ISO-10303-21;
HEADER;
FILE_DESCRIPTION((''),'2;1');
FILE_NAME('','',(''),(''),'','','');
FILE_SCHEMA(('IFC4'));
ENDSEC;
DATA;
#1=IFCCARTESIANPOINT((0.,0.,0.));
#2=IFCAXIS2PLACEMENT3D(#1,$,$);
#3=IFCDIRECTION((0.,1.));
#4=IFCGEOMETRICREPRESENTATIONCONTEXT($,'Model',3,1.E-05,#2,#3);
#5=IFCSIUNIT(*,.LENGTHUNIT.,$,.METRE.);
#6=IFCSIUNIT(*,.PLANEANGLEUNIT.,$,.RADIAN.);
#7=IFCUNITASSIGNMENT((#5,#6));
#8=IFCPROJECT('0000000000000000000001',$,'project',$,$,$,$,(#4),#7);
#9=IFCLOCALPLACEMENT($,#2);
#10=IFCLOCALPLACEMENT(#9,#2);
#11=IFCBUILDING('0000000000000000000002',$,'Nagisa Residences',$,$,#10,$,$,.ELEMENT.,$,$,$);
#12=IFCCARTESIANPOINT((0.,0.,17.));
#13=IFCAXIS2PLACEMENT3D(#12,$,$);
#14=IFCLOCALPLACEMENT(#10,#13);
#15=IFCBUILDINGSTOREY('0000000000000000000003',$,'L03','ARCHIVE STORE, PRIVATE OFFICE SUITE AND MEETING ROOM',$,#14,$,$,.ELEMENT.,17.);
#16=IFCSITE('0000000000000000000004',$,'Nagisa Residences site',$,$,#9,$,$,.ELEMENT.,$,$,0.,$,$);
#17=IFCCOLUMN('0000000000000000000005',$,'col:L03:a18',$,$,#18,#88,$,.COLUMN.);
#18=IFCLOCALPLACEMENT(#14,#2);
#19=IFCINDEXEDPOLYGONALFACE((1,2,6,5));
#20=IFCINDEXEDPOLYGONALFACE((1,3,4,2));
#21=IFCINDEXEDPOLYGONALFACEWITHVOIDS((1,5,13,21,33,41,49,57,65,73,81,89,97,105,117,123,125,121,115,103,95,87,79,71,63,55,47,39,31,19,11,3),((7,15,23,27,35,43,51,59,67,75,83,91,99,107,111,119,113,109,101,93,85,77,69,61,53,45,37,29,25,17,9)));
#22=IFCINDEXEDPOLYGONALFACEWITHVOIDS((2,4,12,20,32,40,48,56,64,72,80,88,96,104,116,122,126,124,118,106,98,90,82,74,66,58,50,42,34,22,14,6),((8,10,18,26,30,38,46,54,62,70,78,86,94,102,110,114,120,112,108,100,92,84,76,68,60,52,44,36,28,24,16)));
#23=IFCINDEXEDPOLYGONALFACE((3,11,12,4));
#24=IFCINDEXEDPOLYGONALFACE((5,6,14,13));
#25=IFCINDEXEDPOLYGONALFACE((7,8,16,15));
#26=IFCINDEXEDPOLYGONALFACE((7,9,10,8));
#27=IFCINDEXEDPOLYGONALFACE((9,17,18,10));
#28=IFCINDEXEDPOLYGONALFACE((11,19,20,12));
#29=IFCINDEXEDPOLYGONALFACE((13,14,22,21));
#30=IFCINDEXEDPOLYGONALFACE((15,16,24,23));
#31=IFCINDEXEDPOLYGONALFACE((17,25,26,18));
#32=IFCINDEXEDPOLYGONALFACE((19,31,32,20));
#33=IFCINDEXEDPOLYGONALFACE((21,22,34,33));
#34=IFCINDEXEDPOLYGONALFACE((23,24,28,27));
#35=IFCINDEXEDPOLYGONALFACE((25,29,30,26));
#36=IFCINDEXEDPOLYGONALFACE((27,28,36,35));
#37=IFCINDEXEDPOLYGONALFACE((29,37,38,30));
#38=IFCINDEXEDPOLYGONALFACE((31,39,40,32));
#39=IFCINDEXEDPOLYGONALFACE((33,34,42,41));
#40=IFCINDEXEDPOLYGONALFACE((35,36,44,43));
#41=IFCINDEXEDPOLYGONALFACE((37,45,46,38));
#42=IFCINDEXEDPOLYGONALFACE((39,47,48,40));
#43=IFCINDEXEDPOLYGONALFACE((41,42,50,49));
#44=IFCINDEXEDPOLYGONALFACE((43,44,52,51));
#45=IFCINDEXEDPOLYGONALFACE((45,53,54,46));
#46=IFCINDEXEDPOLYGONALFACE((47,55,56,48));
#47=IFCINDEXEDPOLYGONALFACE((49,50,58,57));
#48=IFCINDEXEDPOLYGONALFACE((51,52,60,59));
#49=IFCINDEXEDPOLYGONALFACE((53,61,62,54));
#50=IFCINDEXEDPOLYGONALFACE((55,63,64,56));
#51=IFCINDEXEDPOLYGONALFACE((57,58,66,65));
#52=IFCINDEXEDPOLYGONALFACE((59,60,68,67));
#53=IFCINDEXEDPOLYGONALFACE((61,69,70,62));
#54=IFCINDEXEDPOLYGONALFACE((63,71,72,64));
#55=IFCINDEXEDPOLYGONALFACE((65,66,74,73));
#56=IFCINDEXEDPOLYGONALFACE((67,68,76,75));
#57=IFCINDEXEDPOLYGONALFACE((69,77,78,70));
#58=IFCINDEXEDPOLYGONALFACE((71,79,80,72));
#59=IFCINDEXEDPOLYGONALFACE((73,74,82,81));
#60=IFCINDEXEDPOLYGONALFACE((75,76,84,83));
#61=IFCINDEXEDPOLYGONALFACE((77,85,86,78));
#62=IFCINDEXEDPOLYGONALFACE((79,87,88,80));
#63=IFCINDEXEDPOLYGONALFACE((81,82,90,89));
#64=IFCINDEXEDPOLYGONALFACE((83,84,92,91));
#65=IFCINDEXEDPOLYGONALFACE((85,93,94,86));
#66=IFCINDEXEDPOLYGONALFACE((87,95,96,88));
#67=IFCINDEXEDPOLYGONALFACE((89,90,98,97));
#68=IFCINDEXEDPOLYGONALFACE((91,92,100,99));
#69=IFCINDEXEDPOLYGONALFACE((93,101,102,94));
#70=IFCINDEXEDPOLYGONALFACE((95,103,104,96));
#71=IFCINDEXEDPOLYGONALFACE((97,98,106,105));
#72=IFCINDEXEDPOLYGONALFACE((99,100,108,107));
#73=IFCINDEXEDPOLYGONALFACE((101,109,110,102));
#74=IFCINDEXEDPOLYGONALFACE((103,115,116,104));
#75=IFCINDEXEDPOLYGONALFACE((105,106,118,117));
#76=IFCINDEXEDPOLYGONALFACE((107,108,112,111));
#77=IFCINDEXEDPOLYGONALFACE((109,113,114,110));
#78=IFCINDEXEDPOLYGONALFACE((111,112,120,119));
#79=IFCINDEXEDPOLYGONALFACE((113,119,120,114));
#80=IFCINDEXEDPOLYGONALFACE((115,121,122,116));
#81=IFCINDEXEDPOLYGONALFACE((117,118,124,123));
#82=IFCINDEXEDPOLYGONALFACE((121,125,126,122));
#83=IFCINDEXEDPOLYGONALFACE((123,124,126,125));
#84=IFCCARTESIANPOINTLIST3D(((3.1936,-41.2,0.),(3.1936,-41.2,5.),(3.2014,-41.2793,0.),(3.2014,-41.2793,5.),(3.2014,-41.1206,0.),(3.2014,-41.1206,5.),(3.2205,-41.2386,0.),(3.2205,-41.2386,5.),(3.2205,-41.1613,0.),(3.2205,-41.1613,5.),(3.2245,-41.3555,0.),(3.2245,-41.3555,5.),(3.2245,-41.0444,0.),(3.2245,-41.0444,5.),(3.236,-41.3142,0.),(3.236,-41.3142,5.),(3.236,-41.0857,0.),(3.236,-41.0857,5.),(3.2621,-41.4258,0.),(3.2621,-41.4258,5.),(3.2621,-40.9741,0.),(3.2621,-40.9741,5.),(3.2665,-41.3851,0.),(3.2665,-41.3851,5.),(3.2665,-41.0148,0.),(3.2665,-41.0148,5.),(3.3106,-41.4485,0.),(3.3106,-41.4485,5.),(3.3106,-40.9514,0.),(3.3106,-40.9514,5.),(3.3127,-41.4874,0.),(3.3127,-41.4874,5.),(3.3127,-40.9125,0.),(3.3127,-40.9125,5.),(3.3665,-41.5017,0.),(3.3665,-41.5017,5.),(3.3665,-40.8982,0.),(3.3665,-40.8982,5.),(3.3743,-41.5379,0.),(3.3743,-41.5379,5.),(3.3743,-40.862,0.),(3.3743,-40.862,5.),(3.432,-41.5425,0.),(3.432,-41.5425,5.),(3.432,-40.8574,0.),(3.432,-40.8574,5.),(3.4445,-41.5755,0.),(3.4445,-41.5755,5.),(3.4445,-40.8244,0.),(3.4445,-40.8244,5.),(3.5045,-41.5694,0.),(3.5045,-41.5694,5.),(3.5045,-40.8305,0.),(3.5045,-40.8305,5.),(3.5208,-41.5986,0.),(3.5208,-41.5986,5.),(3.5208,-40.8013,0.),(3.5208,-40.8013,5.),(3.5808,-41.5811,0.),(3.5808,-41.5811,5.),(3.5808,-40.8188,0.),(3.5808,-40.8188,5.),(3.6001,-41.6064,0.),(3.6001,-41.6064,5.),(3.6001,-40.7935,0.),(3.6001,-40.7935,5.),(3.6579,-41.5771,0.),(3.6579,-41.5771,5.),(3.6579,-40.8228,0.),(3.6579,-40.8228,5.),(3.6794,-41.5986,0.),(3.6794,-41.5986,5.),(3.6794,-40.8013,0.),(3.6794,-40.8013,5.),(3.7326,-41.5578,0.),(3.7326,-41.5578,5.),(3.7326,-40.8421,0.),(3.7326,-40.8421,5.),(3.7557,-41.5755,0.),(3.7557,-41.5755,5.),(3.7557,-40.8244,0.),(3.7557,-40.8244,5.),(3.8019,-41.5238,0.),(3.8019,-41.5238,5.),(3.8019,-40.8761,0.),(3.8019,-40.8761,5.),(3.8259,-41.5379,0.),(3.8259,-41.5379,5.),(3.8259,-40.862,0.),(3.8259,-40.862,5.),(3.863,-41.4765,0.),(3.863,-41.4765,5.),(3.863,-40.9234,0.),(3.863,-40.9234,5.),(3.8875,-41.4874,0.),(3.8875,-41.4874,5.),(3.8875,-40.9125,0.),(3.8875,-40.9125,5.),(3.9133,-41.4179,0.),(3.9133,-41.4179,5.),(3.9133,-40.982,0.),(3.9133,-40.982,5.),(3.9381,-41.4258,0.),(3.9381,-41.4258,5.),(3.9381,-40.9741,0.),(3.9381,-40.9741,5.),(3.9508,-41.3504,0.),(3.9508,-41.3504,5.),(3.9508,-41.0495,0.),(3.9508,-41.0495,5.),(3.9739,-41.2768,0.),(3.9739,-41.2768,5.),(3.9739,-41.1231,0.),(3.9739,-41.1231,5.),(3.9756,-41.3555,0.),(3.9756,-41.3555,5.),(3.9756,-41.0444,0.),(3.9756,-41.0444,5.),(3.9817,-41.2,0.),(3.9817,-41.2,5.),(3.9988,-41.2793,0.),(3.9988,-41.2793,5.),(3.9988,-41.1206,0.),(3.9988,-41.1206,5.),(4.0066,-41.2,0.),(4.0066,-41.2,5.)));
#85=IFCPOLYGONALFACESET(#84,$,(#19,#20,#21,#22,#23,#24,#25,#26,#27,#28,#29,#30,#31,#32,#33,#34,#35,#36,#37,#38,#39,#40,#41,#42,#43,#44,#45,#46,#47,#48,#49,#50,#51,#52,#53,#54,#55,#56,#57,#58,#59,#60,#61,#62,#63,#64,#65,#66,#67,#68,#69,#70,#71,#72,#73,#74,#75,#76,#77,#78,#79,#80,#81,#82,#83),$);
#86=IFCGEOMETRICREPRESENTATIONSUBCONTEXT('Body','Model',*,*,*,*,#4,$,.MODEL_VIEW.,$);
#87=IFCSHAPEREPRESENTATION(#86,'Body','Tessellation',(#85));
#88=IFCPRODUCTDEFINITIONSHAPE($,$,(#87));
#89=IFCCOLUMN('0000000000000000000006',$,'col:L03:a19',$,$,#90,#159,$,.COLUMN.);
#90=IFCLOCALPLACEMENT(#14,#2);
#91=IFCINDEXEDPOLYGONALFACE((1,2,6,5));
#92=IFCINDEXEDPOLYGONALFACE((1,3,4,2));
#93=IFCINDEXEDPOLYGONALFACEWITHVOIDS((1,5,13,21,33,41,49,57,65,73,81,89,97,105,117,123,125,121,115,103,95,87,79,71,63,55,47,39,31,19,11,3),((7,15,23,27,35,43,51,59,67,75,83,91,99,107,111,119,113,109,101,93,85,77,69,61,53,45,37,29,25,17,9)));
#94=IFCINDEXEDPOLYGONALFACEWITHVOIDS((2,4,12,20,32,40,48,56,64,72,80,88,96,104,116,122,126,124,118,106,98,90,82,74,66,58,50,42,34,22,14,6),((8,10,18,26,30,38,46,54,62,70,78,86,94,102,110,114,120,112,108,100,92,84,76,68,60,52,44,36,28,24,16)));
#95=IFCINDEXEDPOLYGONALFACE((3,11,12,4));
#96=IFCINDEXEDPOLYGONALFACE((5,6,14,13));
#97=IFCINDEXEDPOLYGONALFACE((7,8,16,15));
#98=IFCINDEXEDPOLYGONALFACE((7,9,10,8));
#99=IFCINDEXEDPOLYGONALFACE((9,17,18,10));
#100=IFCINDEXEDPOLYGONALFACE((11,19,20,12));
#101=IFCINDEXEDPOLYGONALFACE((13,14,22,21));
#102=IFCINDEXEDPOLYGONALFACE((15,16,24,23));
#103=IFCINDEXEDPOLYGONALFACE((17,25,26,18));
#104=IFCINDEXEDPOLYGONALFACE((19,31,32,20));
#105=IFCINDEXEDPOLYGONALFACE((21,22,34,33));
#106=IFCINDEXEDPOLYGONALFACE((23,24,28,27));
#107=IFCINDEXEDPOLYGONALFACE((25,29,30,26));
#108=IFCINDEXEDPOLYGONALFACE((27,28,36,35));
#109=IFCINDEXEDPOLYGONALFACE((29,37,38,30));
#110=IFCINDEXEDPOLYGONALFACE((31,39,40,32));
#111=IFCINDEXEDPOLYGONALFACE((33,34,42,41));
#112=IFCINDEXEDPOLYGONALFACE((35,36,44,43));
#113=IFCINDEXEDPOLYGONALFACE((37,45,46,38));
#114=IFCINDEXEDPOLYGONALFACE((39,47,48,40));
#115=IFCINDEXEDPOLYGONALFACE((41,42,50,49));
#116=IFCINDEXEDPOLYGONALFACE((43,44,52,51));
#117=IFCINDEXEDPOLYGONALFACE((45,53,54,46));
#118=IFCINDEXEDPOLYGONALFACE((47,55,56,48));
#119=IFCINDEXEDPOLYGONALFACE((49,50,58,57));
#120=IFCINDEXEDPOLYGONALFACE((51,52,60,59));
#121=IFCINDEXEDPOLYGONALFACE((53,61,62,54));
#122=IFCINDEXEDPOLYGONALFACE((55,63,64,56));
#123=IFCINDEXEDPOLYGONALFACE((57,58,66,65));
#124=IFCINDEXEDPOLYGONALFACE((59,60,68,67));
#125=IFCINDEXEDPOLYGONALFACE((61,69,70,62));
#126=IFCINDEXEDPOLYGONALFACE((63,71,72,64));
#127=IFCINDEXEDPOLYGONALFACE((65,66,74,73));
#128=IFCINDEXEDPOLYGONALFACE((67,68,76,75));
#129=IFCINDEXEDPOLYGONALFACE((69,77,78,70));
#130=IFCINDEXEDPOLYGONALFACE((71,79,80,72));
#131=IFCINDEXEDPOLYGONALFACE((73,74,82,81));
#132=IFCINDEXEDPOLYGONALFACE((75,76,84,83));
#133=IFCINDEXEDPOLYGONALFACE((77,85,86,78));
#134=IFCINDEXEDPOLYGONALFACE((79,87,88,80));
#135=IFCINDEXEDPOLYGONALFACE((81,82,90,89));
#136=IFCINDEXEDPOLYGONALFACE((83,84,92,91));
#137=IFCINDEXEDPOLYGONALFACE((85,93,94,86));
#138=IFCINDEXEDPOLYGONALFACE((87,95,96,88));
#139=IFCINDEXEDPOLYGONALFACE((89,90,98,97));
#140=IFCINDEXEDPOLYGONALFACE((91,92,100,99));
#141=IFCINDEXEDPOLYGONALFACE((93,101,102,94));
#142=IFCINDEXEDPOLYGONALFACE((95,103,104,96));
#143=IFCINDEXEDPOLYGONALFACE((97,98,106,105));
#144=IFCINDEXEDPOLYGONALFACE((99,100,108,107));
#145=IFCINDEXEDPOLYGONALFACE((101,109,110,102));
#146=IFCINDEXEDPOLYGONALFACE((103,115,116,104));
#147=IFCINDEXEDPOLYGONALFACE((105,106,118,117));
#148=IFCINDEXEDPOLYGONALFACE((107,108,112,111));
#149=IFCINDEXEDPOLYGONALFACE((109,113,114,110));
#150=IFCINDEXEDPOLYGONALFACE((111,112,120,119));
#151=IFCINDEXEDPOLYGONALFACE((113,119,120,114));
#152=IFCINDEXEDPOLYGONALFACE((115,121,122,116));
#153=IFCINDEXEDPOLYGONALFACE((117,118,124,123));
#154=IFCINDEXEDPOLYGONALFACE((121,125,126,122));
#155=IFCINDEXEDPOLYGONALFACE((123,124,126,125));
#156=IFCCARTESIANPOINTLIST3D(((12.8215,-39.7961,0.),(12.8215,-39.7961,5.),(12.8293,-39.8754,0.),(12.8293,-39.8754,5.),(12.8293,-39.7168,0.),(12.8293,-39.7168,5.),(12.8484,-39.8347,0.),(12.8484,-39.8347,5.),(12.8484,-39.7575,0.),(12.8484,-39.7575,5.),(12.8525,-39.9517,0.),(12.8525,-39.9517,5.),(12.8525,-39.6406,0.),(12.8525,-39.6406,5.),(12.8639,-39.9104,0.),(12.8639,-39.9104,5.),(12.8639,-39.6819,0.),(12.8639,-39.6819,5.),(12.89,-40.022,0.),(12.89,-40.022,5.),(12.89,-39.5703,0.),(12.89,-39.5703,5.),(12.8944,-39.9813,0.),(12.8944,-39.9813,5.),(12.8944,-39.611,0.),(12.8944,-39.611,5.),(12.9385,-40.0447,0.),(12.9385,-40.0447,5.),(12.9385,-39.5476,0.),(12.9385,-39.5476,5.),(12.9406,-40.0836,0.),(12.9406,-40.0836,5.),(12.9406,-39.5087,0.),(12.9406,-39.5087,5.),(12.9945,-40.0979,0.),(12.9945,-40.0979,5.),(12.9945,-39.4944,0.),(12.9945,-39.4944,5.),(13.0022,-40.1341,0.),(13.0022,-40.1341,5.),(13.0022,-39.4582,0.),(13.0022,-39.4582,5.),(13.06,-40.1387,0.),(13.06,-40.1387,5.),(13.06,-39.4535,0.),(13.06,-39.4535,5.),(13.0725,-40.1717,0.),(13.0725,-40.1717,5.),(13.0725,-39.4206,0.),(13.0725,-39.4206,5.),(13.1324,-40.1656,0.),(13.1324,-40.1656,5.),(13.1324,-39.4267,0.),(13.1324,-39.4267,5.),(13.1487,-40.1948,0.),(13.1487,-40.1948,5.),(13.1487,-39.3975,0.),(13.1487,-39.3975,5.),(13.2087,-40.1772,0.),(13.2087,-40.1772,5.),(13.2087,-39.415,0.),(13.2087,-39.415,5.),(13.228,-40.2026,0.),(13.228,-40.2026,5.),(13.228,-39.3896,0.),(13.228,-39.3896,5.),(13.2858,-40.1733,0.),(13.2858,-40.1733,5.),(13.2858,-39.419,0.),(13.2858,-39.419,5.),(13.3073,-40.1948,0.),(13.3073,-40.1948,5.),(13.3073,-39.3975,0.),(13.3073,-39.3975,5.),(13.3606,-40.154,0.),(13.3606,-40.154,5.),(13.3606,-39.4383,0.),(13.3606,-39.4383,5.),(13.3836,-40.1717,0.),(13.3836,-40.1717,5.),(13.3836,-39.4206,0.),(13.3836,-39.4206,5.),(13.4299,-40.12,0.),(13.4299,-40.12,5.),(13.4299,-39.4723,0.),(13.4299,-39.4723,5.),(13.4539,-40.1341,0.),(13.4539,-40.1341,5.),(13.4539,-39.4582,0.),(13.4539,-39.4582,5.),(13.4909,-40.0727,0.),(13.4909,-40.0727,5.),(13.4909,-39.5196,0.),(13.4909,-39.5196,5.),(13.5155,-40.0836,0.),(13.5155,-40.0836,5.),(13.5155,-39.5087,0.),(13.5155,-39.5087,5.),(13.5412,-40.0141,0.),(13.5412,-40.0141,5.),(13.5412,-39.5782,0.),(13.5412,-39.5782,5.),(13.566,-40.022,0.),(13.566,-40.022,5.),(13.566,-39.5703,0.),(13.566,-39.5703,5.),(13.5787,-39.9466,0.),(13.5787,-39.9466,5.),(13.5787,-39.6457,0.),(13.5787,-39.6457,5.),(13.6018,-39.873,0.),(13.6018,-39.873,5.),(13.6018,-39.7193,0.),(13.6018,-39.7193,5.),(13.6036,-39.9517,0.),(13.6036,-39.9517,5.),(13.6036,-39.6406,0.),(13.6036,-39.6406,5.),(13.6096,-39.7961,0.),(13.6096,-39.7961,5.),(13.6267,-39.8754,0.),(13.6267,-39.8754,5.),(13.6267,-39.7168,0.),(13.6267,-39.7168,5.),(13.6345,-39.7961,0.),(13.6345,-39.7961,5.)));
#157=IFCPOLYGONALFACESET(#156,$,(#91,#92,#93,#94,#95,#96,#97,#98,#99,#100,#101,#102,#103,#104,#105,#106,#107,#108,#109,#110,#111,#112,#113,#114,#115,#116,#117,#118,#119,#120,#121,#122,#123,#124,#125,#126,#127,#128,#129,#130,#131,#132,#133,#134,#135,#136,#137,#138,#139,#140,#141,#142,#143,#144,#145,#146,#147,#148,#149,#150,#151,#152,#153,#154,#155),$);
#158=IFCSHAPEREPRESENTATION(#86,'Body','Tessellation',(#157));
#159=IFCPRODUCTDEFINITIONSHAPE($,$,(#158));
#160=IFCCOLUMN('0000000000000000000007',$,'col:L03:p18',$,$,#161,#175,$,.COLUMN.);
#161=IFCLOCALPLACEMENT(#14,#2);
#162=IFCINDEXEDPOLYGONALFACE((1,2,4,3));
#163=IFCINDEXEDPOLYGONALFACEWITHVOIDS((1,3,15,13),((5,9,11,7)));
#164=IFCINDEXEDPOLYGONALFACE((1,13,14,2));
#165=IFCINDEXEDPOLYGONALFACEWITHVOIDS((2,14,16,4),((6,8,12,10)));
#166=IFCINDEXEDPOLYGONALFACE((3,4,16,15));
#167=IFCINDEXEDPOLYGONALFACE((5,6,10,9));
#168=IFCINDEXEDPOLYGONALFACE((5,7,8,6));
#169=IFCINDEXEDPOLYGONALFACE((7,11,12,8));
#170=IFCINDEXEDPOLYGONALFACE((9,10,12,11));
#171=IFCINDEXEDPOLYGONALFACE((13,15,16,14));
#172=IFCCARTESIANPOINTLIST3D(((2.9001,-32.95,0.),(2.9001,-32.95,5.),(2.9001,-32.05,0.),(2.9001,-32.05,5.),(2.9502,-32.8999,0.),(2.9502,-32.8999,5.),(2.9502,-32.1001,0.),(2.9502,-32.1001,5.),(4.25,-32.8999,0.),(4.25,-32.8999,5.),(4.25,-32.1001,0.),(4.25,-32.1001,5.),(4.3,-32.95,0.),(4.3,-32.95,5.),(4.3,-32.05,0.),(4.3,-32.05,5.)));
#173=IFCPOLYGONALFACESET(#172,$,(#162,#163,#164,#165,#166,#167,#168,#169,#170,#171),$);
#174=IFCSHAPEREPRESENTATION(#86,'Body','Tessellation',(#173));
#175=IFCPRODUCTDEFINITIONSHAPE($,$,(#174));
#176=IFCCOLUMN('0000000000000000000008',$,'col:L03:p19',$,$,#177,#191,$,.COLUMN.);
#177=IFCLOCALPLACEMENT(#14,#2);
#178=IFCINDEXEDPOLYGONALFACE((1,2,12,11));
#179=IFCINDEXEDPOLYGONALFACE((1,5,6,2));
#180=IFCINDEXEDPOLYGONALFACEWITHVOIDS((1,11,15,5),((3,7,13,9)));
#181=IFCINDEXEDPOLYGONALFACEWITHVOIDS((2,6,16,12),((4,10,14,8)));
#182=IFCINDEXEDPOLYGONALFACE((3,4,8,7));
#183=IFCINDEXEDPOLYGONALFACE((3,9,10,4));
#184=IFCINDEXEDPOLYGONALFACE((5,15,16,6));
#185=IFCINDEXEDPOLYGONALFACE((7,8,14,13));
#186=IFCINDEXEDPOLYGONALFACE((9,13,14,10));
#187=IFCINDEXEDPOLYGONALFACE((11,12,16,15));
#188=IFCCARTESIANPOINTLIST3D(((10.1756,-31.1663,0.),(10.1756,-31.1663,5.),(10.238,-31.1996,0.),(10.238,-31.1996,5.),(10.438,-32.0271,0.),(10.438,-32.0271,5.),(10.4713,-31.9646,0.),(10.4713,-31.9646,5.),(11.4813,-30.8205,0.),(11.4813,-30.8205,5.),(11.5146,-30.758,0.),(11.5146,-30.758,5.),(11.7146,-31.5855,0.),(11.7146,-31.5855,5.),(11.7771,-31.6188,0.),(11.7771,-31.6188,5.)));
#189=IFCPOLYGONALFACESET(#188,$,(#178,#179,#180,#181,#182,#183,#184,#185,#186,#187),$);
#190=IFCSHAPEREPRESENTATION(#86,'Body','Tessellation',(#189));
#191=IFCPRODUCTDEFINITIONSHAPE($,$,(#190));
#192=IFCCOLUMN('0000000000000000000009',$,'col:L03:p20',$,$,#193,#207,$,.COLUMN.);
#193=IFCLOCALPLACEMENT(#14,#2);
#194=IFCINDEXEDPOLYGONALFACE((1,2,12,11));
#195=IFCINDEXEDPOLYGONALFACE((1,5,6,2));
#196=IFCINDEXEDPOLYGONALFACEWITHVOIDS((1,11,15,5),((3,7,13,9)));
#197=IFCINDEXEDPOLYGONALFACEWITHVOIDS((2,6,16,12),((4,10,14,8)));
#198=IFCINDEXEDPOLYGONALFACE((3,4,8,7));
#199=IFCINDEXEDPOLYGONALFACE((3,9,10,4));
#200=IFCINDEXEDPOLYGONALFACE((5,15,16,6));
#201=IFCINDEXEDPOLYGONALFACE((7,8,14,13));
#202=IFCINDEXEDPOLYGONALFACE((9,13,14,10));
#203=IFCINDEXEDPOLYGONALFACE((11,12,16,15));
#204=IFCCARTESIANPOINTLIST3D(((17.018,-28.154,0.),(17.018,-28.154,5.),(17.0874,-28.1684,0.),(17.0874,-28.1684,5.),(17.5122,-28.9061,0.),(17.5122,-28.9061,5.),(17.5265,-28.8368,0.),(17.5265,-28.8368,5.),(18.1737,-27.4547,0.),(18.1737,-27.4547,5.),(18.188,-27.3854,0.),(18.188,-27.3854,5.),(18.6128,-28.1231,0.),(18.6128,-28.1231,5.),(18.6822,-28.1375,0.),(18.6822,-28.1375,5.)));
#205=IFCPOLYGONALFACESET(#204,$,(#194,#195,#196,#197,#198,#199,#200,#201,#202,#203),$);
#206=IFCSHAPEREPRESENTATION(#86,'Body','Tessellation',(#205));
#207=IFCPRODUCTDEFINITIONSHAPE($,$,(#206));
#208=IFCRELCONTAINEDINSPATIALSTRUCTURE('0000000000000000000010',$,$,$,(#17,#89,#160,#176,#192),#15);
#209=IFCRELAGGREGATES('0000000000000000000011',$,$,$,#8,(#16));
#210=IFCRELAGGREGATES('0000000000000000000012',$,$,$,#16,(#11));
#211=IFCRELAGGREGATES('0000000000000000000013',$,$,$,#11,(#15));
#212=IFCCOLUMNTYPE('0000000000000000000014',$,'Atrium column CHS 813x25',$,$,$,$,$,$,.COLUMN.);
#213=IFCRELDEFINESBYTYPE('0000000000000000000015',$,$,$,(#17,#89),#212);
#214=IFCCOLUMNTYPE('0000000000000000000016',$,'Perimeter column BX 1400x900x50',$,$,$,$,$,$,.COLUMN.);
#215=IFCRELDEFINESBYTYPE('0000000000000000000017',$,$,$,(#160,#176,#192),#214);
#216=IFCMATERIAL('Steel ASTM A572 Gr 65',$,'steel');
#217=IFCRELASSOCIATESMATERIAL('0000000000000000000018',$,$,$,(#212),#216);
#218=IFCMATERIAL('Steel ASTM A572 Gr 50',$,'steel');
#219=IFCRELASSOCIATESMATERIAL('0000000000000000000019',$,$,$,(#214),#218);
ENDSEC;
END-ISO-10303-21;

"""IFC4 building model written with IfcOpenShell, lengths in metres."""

from ifc_helpers import new_model, si_unit, direction, frame, origin, origin_2d, place, context, subcontext, project, spatial, hollow_rectangle, hollow_circle, extrude, material, material_profile, profile_set, type_object, element, save


model = new_model("IFC4")

# Units and contexts
model_context = context("Model", 3, precision=1e-05, world=origin(), true_north=direction((0.0, 1.0)))
body_context = subcontext(model_context, "Body", "Model", "MODEL_VIEW")
ifc_project = project(units=[si_unit("LENGTHUNIT", "METRE"), si_unit("PLANEANGLEUNIT", "RADIAN")], contexts=[model_context])

# Site, building, storey
site_placement = place(None, origin())
site = spatial("IfcSite", under=ifc_project, at=site_placement, Name="Nagisa Residences site", CompositionType="ELEMENT", RefElevation=0.0)
building_placement = place(site_placement, origin())
building = spatial("IfcBuilding", under=site, at=building_placement, Name="Nagisa Residences", CompositionType="ELEMENT")
storey_placement = place(building_placement, frame((0.0, 0.0, 17.0)))
storey = spatial("IfcBuildingStorey", under=building, at=storey_placement, Name="L03", Description="ARCHIVE STORE, PRIVATE OFFICE SUITE AND MEETING ROOM", CompositionType="ELEMENT", Elevation=17.0)

# Columns
ifc_material_1 = material(Name="Steel ASTM A572 Gr 65", Category="steel")
ifc_material_profile_1 = material_profile(ifc_material_1, hollow_circle(Radius=0.4065, WallThickness=0.0249, at=origin_2d()), Name="CHS 813x25")
ifc_profile_set_1 = profile_set([ifc_material_profile_1], Name="Steel ASTM A572 Gr 65")
column_type_1 = type_object("IfcColumnType", Name="Atrium column CHS 813x25", PredefinedType="COLUMN", material=ifc_profile_set_1)
for number, where, z_axis, x_axis, name in (
    (1, (3.6001, -41.2, 0.0), (0.0, 0.0, 1.0), (1.0, 0.0, 0.0), "col:L03:a18"),
    (2, (13.228, -39.7961, 0.0), (0.0, 0.0, 1.0), (1.0, 0.0, 0.0), "col:L03:a19"),
):
    element("IfcColumn", number, at=place(storey_placement, frame(where, z_axis=z_axis, x_axis=x_axis)), inside=storey, type_object=column_type_1, Name=name, PredefinedType="COLUMN", context=body_context, shape_type="SweptSolid", body=[
        extrude(hollow_circle(Radius=0.4065, WallThickness=0.0249, at=origin_2d()), origin(), (0.0, 0.0, 1.0), 5.0),
    ])
ifc_material_2 = material(Name="Steel ASTM A572 Gr 50", Category="steel")
ifc_material_profile_2 = material_profile(ifc_material_2, hollow_rectangle(XDim=1.3999, YDim=0.8999, WallThickness=0.05, at=origin_2d()), Name="BX 1400x900x50")
ifc_profile_set_2 = profile_set([ifc_material_profile_2], Name="Steel ASTM A572 Gr 50")
column_type_2 = type_object("IfcColumnType", Name="Perimeter column BX 1400x900x50", PredefinedType="COLUMN", material=ifc_profile_set_2)
for number, where, z_axis, x_axis, name in (
    (3, (3.6001, -32.5, 0.0), (0.0, 0.0, 1.0), (1.0, 0.0, 0.0), "col:L03:p18"),
    (4, (10.9763, -31.3926, 0.0), (0.0, 0.0, 1.0), (0.956525, 0.291652, 0.0), "col:L03:p19"),
    (5, (17.8501, -28.1458, 0.0), (0.0, 0.0, 1.0), (0.835766, 0.549086, 0.0), "col:L03:p20"),
):
    element("IfcColumn", number, at=place(storey_placement, frame(where, z_axis=z_axis, x_axis=x_axis)), inside=storey, type_object=column_type_2, Name=name, PredefinedType="COLUMN", context=body_context, shape_type="SweptSolid", body=[
        extrude(hollow_rectangle(XDim=1.3999, YDim=0.8999, WallThickness=0.05, at=origin_2d()), origin(), (0.0, 0.0, 1.0), 5.0),
    ])

save(model, "model.ifc")
